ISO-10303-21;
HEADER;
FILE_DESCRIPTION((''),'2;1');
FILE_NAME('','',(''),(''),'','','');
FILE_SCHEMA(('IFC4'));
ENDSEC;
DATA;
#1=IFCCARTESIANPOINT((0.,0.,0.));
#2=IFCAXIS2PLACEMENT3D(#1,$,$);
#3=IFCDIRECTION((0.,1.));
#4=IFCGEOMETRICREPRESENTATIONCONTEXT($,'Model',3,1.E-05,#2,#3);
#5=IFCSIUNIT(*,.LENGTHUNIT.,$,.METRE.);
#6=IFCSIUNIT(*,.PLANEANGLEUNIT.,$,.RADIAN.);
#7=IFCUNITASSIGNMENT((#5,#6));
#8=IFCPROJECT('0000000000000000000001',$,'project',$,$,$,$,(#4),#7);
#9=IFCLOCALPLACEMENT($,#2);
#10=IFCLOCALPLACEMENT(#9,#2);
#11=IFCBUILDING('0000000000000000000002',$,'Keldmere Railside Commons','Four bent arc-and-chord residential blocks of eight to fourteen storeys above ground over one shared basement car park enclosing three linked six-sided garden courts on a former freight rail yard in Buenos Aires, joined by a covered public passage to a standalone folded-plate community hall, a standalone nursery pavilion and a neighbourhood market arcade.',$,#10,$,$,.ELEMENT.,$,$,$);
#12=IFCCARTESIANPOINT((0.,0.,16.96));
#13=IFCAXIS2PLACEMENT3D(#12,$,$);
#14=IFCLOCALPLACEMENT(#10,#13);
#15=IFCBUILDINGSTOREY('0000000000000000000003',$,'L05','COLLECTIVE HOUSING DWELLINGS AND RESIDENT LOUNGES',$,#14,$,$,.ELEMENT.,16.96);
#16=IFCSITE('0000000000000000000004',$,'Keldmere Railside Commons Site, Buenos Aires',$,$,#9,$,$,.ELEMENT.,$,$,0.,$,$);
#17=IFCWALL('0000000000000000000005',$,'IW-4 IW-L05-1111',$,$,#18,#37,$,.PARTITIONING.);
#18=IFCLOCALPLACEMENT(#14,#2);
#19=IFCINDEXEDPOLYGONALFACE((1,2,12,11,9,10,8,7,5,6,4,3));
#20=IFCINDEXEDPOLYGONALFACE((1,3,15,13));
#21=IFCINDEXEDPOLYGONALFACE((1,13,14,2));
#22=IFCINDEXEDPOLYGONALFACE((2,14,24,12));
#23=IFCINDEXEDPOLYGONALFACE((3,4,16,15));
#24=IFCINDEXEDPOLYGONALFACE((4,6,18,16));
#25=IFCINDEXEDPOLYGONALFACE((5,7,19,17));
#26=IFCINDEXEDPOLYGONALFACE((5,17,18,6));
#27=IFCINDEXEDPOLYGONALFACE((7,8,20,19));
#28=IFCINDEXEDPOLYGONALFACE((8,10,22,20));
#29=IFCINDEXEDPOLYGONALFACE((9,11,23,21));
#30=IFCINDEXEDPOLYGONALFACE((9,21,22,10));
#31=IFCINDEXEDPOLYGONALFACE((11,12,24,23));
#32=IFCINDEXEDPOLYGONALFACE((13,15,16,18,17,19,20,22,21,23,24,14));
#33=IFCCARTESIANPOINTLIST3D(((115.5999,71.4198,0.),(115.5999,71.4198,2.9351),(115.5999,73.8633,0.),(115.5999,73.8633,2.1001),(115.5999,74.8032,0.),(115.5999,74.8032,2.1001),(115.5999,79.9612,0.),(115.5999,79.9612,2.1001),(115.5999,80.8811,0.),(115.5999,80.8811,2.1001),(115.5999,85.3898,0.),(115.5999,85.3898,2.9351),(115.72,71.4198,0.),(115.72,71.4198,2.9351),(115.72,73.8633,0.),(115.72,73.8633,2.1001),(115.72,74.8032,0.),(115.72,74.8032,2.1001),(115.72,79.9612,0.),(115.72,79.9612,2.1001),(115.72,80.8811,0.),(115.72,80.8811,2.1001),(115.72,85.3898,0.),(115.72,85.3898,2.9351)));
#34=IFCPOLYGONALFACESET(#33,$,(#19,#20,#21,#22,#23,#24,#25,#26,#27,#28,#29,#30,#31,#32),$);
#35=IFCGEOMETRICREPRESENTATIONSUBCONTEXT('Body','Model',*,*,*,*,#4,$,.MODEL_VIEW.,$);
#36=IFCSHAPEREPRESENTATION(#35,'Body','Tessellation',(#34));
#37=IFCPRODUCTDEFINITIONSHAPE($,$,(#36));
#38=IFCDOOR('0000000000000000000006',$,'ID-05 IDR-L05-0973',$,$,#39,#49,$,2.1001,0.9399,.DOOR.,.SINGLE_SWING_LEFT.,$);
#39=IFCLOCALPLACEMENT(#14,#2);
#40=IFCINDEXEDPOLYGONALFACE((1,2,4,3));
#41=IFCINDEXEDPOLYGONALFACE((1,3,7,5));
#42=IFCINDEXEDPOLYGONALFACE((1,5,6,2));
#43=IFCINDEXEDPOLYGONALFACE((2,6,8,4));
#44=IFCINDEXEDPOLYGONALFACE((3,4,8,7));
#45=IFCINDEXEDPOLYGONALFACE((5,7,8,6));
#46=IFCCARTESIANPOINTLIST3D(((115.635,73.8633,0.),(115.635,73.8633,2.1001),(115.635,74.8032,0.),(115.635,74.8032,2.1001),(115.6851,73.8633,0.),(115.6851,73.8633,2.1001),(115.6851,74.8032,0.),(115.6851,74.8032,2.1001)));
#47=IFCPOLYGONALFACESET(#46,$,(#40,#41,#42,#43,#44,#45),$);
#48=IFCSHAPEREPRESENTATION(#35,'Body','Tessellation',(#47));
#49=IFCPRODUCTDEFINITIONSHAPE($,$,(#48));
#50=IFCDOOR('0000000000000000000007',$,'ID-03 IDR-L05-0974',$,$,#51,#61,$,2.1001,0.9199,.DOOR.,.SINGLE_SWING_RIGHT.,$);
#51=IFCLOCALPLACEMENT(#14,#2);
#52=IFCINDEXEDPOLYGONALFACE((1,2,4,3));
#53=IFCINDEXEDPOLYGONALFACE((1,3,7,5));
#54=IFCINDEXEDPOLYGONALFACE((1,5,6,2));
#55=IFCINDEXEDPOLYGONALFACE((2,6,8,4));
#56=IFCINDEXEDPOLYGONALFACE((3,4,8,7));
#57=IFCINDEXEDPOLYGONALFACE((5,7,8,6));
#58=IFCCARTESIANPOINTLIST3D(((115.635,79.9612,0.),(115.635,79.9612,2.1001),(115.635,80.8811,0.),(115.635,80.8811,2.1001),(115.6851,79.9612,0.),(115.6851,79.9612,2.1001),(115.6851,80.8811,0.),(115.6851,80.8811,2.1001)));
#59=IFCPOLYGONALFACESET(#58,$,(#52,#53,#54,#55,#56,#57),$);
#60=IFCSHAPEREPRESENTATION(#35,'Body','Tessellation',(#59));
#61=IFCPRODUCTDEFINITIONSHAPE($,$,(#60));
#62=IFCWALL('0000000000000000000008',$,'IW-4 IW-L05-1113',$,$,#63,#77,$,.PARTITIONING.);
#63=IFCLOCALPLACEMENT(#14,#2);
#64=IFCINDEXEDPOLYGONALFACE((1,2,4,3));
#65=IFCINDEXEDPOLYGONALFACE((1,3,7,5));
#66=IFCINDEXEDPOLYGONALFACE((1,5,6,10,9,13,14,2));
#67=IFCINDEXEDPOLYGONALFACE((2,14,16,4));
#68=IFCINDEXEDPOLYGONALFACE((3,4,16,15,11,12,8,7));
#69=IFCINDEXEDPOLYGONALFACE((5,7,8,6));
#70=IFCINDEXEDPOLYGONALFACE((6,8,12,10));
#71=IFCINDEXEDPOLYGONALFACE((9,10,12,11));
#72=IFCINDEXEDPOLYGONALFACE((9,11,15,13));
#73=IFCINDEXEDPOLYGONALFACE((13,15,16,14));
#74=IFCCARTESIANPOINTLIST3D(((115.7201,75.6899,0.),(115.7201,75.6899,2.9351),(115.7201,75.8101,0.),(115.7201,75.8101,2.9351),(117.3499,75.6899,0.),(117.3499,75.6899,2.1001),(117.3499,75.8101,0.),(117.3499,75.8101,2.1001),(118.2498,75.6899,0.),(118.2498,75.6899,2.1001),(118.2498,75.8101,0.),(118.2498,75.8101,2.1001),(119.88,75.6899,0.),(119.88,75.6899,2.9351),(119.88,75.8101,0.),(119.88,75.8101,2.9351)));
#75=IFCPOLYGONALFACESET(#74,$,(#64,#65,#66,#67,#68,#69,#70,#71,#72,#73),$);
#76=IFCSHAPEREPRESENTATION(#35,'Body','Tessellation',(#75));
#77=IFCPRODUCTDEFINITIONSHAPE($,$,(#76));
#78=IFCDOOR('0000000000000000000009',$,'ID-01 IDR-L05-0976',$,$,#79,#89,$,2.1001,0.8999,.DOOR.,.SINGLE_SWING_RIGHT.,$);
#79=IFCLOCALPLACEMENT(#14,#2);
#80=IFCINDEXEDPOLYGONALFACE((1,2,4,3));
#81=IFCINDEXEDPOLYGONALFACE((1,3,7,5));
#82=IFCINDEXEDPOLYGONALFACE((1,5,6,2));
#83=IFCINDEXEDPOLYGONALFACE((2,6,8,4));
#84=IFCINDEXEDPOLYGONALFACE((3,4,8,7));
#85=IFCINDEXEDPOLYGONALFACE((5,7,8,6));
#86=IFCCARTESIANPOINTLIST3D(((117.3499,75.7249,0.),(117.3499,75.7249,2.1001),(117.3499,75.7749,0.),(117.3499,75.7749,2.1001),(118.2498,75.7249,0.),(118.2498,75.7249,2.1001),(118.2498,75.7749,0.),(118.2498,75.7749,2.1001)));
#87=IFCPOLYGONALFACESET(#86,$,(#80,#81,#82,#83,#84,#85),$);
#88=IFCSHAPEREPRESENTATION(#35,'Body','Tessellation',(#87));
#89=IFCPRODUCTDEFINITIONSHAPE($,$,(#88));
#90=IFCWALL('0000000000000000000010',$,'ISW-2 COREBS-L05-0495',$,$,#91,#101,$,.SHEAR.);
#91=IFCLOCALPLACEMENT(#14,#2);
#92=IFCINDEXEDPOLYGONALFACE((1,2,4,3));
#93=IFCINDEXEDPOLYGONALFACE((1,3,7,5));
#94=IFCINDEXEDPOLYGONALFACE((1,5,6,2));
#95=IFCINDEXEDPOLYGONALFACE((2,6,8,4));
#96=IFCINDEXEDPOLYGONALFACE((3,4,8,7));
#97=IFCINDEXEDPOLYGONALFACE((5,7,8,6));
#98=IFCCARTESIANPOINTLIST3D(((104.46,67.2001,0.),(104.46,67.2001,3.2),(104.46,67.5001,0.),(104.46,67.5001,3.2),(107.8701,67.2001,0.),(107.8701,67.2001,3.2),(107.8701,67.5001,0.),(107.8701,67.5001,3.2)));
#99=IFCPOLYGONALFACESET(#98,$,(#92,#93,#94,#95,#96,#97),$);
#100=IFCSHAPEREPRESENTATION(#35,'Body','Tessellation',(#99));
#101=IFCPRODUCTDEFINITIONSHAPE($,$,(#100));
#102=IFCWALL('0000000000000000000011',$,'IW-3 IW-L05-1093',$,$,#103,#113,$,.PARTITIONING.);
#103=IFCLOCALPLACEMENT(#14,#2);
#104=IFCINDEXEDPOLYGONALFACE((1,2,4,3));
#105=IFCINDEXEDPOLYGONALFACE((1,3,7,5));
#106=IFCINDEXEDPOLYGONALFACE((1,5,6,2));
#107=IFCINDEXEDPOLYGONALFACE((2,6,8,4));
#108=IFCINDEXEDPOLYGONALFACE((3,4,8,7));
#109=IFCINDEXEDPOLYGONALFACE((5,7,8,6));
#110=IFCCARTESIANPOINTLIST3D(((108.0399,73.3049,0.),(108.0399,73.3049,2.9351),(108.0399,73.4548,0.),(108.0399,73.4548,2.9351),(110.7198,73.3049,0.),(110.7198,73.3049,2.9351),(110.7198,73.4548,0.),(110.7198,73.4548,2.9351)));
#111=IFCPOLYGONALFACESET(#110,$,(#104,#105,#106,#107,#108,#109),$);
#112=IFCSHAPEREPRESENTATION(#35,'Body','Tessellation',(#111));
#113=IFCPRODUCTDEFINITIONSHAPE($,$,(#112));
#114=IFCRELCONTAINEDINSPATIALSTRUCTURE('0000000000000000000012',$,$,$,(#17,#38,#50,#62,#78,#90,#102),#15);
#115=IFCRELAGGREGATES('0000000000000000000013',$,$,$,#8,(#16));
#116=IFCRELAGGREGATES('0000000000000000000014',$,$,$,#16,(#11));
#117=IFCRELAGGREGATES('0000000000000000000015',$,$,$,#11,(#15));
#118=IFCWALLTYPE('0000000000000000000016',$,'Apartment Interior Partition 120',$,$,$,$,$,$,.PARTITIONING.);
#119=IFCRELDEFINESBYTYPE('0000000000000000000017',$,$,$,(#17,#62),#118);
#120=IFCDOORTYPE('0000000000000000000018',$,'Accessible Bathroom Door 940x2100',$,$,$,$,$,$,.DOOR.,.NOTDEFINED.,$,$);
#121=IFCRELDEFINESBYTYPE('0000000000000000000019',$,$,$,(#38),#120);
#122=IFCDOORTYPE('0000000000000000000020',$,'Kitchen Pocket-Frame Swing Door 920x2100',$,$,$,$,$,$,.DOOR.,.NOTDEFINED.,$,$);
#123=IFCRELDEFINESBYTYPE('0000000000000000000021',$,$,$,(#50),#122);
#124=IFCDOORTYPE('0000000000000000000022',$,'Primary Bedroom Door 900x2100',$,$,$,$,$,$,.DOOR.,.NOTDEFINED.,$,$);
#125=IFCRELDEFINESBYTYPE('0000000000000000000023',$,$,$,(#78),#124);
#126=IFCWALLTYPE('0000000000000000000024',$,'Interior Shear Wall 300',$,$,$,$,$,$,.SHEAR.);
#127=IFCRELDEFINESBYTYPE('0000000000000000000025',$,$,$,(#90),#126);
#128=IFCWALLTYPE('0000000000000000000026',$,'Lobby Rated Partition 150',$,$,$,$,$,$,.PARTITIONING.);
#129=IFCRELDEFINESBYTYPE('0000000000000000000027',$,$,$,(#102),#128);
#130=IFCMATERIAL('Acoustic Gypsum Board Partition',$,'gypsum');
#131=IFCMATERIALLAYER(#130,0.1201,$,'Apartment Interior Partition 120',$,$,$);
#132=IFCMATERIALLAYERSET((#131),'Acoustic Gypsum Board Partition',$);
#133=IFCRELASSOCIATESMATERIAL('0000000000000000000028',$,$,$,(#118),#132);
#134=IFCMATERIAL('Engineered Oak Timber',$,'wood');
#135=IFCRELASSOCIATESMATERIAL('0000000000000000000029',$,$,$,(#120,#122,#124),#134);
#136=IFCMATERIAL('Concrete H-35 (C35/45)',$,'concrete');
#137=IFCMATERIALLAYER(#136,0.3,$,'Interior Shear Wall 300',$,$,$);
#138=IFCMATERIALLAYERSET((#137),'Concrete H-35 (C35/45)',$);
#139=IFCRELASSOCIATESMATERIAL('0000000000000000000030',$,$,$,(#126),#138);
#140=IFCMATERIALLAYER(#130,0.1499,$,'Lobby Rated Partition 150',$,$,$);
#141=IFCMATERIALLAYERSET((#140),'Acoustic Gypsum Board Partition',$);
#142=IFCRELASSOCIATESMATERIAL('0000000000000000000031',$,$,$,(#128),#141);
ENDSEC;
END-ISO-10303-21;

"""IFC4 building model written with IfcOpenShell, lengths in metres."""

from ifc_helpers import new_model, si_unit, direction, frame, frame_2d, origin, place, context, subcontext, project, spatial, rectangle, extrude, material, layer, layer_set, type_object, element, fill, save


model = new_model("IFC4")

# Units and contexts
model_context = context("Model", 3, precision=1e-05, world=origin(), true_north=direction((0.0, 1.0)))
body_context = subcontext(model_context, "Body", "Model", "MODEL_VIEW")
ifc_project = project(units=[si_unit("LENGTHUNIT", "METRE"), si_unit("PLANEANGLEUNIT", "RADIAN")], contexts=[model_context])

# Site, building, storey
site_placement = place(None, origin())
site = spatial("IfcSite", under=ifc_project, at=site_placement, Name="Keldmere Railside Commons Site, Buenos Aires", CompositionType="ELEMENT", RefElevation=0.0)
building_placement = place(site_placement, origin())
building = spatial("IfcBuilding", under=site, at=building_placement, Name="Keldmere Railside Commons", Description="Four bent arc-and-chord residential blocks of eight to fourteen storeys above ground over one shared basement car park enclosing three linked six-sided garden courts on a former freight rail yard in Buenos Aires, joined by a covered public passage to a standalone folded-plate community hall, a standalone nursery pavilion and a neighbourhood market arcade.", CompositionType="ELEMENT")
storey_placement = place(building_placement, frame((0.0, 0.0, 16.96)))
storey = spatial("IfcBuildingStorey", under=building, at=storey_placement, Name="L05", Description="COLLECTIVE HOUSING DWELLINGS AND RESIDENT LOUNGES", CompositionType="ELEMENT", Elevation=16.96)

# Shared definitions
ifc_material_1 = material(Name="Concrete H-35 (C35/45)", Category="concrete")

# Shared definitions
ifc_material_2 = material(Name="Acoustic Gypsum Board Partition", Category="gypsum")

# Shared definitions
ifc_layer_1 = layer(ifc_material_2, 0.1201, Name="Apartment Interior Partition 120")
ifc_layer_set_1 = layer_set([ifc_layer_1], Name="Acoustic Gypsum Board Partition")
wall_type_1 = type_object("IfcWallType", Name="Apartment Interior Partition 120", PredefinedType="PARTITIONING", material=ifc_layer_set_1)
ifc_material_3 = material(Name="Engineered Oak Timber", Category="wood")

# Wall, openings, doors
wall_1_placement = place(storey_placement, frame((115.6599, 71.4199, 0.0), z_axis=(0.0, 0.0, 1.0), x_axis=(0.0, 1.0, 0.0)))
wall_1 = element("IfcWall", 1, at=wall_1_placement, inside=storey, type_object=wall_type_1, Name="IW-4 IW-L05-1111", PredefinedType="PARTITIONING", context=body_context, shape_type="SweptSolid", body=[
    extrude(rectangle(XDim=13.97, YDim=0.1201, at=frame_2d((6.9849, 0.0))), origin(), (0.0, 0.0, 1.0), 2.9351),
])
opening_1_placement = place(wall_1_placement, frame((2.4434, 0.0, 0.0)))
opening_1 = element("IfcOpeningElement", 2, at=opening_1_placement, cuts=wall_1, PredefinedType="OPENING", context=body_context, shape_type="SweptSolid", body=[
    extrude(rectangle(XDim=0.9399, YDim=2.1001, at=frame_2d((0.47, 1.05))), frame((0.0, 0.0701, 0.0), z_axis=(0.0, -1.0, 0.0), x_axis=(1.0, 0.0, 0.0)), (0.0, 0.0, 1.0), 0.1401),
])
opening_2_placement = place(wall_1_placement, frame((8.5413, 0.0, 0.0)))
opening_2 = element("IfcOpeningElement", 3, at=opening_2_placement, cuts=wall_1, PredefinedType="OPENING", context=body_context, shape_type="SweptSolid", body=[
    extrude(rectangle(XDim=0.9199, YDim=2.1001, at=frame_2d((0.46, 1.05))), frame((0.0, 0.0701, 0.0), z_axis=(0.0, -1.0, 0.0), x_axis=(1.0, 0.0, 0.0)), (0.0, 0.0, 1.0), 0.1401),
])
door_type_1 = type_object("IfcDoorType", Name="Accessible Bathroom Door 940x2100", OperationType="NOTDEFINED", PredefinedType="DOOR", material=ifc_material_3)
door_1_placement = place(opening_1_placement, origin())
door_1 = element("IfcDoor", 4, at=door_1_placement, inside=storey, type_object=door_type_1, Name="ID-05 IDR-L05-0973", OperationType="SINGLE_SWING_LEFT", OverallHeight=2.1001, OverallWidth=0.9399, PredefinedType="DOOR", context=body_context, shape_type="SweptSolid", body=[
    extrude(rectangle(XDim=0.9399, YDim=2.1001, at=frame_2d((0.47, 1.05))), frame((0.0, 0.0249, 0.0), z_axis=(0.0, -1.0, 0.0), x_axis=(1.0, 0.0, 0.0)), (0.0, 0.0, 1.0), 0.05),
])
fill(opening_1, door_1)
door_type_2 = type_object("IfcDoorType", Name="Kitchen Pocket-Frame Swing Door 920x2100", OperationType="NOTDEFINED", PredefinedType="DOOR", material=ifc_material_3)
door_2_placement = place(opening_2_placement, origin())
door_2 = element("IfcDoor", 5, at=door_2_placement, inside=storey, type_object=door_type_2, Name="ID-03 IDR-L05-0974", OperationType="SINGLE_SWING_RIGHT", OverallHeight=2.1001, OverallWidth=0.9199, PredefinedType="DOOR", context=body_context, shape_type="SweptSolid", body=[
    extrude(rectangle(XDim=0.9199, YDim=2.1001, at=frame_2d((0.46, 1.05))), frame((0.0, 0.0249, 0.0), z_axis=(0.0, -1.0, 0.0), x_axis=(1.0, 0.0, 0.0)), (0.0, 0.0, 1.0), 0.05),
])
fill(opening_2, door_2)

# Wall, opening, door
wall_2_placement = place(storey_placement, frame((115.72, 75.75, 0.0), z_axis=(0.0, 0.0, 1.0), x_axis=(1.0, 0.0, 0.0)))
wall_2 = element("IfcWall", 6, at=wall_2_placement, inside=storey, type_object=wall_type_1, Name="IW-4 IW-L05-1113", PredefinedType="PARTITIONING", context=body_context, shape_type="SweptSolid", body=[
    extrude(rectangle(XDim=4.1599, YDim=0.1201, at=frame_2d((2.0801, 0.0))), origin(), (0.0, 0.0, 1.0), 2.9351),
])
opening_3_placement = place(wall_2_placement, frame((1.6299, 0.0, 0.0)))
opening_3 = element("IfcOpeningElement", 7, at=opening_3_placement, cuts=wall_2, PredefinedType="OPENING", context=body_context, shape_type="SweptSolid", body=[
    extrude(rectangle(XDim=0.8999, YDim=2.1001, at=frame_2d((0.45, 1.05))), frame((0.0, 0.0701, 0.0), z_axis=(0.0, -1.0, 0.0), x_axis=(1.0, 0.0, 0.0)), (0.0, 0.0, 1.0), 0.1401),
])
door_type_3 = type_object("IfcDoorType", Name="Primary Bedroom Door 900x2100", OperationType="NOTDEFINED", PredefinedType="DOOR", material=ifc_material_3)
door_3_placement = place(opening_3_placement, origin())
door_3 = element("IfcDoor", 8, at=door_3_placement, inside=storey, type_object=door_type_3, Name="ID-01 IDR-L05-0976", OperationType="SINGLE_SWING_RIGHT", OverallHeight=2.1001, OverallWidth=0.8999, PredefinedType="DOOR", context=body_context, shape_type="SweptSolid", body=[
    extrude(rectangle(XDim=0.8999, YDim=2.1001, at=frame_2d((0.45, 1.05))), frame((0.0, 0.0249, 0.0), z_axis=(0.0, -1.0, 0.0), x_axis=(1.0, 0.0, 0.0)), (0.0, 0.0, 1.0), 0.05),
])
fill(opening_3, door_3)

# Walls
ifc_layer_2 = layer(ifc_material_1, 0.3, Name="Interior Shear Wall 300")
ifc_layer_set_2 = layer_set([ifc_layer_2], Name="Concrete H-35 (C35/45)")
wall_type_2 = type_object("IfcWallType", Name="Interior Shear Wall 300", PredefinedType="SHEAR", material=ifc_layer_set_2)
wall_3_placement = place(storey_placement, frame((107.8701, 67.3501, 0.0), z_axis=(0.0, 0.0, 1.0), x_axis=(-1.0, 0.0, 0.0)))
element("IfcWall", 9, at=wall_3_placement, inside=storey, type_object=wall_type_2, Name="ISW-2 COREBS-L05-0495", PredefinedType="SHEAR", context=body_context, shape_type="SweptSolid", body=[
    extrude(rectangle(XDim=3.4102, YDim=0.3, at=frame_2d((1.7051, 0.0))), origin(), (0.0, 0.0, 1.0), 3.2),
])
ifc_layer_3 = layer(ifc_material_2, 0.1499, Name="Lobby Rated Partition 150")
ifc_layer_set_3 = layer_set([ifc_layer_3], Name="Acoustic Gypsum Board Partition")
wall_type_3 = type_object("IfcWallType", Name="Lobby Rated Partition 150", PredefinedType="PARTITIONING", material=ifc_layer_set_3)
wall_4_placement = place(storey_placement, frame((108.04, 73.3799, 0.0), z_axis=(0.0, 0.0, 1.0), x_axis=(1.0, 0.0, 0.0)))
element("IfcWall", 10, at=wall_4_placement, inside=storey, type_object=wall_type_3, Name="IW-3 IW-L05-1093", PredefinedType="PARTITIONING", context=body_context, shape_type="SweptSolid", body=[
    extrude(rectangle(XDim=2.6799, YDim=0.1499, at=frame_2d((1.3398, 0.0))), origin(), (0.0, 0.0, 1.0), 2.9351),
])

save(model, "model.ifc")
